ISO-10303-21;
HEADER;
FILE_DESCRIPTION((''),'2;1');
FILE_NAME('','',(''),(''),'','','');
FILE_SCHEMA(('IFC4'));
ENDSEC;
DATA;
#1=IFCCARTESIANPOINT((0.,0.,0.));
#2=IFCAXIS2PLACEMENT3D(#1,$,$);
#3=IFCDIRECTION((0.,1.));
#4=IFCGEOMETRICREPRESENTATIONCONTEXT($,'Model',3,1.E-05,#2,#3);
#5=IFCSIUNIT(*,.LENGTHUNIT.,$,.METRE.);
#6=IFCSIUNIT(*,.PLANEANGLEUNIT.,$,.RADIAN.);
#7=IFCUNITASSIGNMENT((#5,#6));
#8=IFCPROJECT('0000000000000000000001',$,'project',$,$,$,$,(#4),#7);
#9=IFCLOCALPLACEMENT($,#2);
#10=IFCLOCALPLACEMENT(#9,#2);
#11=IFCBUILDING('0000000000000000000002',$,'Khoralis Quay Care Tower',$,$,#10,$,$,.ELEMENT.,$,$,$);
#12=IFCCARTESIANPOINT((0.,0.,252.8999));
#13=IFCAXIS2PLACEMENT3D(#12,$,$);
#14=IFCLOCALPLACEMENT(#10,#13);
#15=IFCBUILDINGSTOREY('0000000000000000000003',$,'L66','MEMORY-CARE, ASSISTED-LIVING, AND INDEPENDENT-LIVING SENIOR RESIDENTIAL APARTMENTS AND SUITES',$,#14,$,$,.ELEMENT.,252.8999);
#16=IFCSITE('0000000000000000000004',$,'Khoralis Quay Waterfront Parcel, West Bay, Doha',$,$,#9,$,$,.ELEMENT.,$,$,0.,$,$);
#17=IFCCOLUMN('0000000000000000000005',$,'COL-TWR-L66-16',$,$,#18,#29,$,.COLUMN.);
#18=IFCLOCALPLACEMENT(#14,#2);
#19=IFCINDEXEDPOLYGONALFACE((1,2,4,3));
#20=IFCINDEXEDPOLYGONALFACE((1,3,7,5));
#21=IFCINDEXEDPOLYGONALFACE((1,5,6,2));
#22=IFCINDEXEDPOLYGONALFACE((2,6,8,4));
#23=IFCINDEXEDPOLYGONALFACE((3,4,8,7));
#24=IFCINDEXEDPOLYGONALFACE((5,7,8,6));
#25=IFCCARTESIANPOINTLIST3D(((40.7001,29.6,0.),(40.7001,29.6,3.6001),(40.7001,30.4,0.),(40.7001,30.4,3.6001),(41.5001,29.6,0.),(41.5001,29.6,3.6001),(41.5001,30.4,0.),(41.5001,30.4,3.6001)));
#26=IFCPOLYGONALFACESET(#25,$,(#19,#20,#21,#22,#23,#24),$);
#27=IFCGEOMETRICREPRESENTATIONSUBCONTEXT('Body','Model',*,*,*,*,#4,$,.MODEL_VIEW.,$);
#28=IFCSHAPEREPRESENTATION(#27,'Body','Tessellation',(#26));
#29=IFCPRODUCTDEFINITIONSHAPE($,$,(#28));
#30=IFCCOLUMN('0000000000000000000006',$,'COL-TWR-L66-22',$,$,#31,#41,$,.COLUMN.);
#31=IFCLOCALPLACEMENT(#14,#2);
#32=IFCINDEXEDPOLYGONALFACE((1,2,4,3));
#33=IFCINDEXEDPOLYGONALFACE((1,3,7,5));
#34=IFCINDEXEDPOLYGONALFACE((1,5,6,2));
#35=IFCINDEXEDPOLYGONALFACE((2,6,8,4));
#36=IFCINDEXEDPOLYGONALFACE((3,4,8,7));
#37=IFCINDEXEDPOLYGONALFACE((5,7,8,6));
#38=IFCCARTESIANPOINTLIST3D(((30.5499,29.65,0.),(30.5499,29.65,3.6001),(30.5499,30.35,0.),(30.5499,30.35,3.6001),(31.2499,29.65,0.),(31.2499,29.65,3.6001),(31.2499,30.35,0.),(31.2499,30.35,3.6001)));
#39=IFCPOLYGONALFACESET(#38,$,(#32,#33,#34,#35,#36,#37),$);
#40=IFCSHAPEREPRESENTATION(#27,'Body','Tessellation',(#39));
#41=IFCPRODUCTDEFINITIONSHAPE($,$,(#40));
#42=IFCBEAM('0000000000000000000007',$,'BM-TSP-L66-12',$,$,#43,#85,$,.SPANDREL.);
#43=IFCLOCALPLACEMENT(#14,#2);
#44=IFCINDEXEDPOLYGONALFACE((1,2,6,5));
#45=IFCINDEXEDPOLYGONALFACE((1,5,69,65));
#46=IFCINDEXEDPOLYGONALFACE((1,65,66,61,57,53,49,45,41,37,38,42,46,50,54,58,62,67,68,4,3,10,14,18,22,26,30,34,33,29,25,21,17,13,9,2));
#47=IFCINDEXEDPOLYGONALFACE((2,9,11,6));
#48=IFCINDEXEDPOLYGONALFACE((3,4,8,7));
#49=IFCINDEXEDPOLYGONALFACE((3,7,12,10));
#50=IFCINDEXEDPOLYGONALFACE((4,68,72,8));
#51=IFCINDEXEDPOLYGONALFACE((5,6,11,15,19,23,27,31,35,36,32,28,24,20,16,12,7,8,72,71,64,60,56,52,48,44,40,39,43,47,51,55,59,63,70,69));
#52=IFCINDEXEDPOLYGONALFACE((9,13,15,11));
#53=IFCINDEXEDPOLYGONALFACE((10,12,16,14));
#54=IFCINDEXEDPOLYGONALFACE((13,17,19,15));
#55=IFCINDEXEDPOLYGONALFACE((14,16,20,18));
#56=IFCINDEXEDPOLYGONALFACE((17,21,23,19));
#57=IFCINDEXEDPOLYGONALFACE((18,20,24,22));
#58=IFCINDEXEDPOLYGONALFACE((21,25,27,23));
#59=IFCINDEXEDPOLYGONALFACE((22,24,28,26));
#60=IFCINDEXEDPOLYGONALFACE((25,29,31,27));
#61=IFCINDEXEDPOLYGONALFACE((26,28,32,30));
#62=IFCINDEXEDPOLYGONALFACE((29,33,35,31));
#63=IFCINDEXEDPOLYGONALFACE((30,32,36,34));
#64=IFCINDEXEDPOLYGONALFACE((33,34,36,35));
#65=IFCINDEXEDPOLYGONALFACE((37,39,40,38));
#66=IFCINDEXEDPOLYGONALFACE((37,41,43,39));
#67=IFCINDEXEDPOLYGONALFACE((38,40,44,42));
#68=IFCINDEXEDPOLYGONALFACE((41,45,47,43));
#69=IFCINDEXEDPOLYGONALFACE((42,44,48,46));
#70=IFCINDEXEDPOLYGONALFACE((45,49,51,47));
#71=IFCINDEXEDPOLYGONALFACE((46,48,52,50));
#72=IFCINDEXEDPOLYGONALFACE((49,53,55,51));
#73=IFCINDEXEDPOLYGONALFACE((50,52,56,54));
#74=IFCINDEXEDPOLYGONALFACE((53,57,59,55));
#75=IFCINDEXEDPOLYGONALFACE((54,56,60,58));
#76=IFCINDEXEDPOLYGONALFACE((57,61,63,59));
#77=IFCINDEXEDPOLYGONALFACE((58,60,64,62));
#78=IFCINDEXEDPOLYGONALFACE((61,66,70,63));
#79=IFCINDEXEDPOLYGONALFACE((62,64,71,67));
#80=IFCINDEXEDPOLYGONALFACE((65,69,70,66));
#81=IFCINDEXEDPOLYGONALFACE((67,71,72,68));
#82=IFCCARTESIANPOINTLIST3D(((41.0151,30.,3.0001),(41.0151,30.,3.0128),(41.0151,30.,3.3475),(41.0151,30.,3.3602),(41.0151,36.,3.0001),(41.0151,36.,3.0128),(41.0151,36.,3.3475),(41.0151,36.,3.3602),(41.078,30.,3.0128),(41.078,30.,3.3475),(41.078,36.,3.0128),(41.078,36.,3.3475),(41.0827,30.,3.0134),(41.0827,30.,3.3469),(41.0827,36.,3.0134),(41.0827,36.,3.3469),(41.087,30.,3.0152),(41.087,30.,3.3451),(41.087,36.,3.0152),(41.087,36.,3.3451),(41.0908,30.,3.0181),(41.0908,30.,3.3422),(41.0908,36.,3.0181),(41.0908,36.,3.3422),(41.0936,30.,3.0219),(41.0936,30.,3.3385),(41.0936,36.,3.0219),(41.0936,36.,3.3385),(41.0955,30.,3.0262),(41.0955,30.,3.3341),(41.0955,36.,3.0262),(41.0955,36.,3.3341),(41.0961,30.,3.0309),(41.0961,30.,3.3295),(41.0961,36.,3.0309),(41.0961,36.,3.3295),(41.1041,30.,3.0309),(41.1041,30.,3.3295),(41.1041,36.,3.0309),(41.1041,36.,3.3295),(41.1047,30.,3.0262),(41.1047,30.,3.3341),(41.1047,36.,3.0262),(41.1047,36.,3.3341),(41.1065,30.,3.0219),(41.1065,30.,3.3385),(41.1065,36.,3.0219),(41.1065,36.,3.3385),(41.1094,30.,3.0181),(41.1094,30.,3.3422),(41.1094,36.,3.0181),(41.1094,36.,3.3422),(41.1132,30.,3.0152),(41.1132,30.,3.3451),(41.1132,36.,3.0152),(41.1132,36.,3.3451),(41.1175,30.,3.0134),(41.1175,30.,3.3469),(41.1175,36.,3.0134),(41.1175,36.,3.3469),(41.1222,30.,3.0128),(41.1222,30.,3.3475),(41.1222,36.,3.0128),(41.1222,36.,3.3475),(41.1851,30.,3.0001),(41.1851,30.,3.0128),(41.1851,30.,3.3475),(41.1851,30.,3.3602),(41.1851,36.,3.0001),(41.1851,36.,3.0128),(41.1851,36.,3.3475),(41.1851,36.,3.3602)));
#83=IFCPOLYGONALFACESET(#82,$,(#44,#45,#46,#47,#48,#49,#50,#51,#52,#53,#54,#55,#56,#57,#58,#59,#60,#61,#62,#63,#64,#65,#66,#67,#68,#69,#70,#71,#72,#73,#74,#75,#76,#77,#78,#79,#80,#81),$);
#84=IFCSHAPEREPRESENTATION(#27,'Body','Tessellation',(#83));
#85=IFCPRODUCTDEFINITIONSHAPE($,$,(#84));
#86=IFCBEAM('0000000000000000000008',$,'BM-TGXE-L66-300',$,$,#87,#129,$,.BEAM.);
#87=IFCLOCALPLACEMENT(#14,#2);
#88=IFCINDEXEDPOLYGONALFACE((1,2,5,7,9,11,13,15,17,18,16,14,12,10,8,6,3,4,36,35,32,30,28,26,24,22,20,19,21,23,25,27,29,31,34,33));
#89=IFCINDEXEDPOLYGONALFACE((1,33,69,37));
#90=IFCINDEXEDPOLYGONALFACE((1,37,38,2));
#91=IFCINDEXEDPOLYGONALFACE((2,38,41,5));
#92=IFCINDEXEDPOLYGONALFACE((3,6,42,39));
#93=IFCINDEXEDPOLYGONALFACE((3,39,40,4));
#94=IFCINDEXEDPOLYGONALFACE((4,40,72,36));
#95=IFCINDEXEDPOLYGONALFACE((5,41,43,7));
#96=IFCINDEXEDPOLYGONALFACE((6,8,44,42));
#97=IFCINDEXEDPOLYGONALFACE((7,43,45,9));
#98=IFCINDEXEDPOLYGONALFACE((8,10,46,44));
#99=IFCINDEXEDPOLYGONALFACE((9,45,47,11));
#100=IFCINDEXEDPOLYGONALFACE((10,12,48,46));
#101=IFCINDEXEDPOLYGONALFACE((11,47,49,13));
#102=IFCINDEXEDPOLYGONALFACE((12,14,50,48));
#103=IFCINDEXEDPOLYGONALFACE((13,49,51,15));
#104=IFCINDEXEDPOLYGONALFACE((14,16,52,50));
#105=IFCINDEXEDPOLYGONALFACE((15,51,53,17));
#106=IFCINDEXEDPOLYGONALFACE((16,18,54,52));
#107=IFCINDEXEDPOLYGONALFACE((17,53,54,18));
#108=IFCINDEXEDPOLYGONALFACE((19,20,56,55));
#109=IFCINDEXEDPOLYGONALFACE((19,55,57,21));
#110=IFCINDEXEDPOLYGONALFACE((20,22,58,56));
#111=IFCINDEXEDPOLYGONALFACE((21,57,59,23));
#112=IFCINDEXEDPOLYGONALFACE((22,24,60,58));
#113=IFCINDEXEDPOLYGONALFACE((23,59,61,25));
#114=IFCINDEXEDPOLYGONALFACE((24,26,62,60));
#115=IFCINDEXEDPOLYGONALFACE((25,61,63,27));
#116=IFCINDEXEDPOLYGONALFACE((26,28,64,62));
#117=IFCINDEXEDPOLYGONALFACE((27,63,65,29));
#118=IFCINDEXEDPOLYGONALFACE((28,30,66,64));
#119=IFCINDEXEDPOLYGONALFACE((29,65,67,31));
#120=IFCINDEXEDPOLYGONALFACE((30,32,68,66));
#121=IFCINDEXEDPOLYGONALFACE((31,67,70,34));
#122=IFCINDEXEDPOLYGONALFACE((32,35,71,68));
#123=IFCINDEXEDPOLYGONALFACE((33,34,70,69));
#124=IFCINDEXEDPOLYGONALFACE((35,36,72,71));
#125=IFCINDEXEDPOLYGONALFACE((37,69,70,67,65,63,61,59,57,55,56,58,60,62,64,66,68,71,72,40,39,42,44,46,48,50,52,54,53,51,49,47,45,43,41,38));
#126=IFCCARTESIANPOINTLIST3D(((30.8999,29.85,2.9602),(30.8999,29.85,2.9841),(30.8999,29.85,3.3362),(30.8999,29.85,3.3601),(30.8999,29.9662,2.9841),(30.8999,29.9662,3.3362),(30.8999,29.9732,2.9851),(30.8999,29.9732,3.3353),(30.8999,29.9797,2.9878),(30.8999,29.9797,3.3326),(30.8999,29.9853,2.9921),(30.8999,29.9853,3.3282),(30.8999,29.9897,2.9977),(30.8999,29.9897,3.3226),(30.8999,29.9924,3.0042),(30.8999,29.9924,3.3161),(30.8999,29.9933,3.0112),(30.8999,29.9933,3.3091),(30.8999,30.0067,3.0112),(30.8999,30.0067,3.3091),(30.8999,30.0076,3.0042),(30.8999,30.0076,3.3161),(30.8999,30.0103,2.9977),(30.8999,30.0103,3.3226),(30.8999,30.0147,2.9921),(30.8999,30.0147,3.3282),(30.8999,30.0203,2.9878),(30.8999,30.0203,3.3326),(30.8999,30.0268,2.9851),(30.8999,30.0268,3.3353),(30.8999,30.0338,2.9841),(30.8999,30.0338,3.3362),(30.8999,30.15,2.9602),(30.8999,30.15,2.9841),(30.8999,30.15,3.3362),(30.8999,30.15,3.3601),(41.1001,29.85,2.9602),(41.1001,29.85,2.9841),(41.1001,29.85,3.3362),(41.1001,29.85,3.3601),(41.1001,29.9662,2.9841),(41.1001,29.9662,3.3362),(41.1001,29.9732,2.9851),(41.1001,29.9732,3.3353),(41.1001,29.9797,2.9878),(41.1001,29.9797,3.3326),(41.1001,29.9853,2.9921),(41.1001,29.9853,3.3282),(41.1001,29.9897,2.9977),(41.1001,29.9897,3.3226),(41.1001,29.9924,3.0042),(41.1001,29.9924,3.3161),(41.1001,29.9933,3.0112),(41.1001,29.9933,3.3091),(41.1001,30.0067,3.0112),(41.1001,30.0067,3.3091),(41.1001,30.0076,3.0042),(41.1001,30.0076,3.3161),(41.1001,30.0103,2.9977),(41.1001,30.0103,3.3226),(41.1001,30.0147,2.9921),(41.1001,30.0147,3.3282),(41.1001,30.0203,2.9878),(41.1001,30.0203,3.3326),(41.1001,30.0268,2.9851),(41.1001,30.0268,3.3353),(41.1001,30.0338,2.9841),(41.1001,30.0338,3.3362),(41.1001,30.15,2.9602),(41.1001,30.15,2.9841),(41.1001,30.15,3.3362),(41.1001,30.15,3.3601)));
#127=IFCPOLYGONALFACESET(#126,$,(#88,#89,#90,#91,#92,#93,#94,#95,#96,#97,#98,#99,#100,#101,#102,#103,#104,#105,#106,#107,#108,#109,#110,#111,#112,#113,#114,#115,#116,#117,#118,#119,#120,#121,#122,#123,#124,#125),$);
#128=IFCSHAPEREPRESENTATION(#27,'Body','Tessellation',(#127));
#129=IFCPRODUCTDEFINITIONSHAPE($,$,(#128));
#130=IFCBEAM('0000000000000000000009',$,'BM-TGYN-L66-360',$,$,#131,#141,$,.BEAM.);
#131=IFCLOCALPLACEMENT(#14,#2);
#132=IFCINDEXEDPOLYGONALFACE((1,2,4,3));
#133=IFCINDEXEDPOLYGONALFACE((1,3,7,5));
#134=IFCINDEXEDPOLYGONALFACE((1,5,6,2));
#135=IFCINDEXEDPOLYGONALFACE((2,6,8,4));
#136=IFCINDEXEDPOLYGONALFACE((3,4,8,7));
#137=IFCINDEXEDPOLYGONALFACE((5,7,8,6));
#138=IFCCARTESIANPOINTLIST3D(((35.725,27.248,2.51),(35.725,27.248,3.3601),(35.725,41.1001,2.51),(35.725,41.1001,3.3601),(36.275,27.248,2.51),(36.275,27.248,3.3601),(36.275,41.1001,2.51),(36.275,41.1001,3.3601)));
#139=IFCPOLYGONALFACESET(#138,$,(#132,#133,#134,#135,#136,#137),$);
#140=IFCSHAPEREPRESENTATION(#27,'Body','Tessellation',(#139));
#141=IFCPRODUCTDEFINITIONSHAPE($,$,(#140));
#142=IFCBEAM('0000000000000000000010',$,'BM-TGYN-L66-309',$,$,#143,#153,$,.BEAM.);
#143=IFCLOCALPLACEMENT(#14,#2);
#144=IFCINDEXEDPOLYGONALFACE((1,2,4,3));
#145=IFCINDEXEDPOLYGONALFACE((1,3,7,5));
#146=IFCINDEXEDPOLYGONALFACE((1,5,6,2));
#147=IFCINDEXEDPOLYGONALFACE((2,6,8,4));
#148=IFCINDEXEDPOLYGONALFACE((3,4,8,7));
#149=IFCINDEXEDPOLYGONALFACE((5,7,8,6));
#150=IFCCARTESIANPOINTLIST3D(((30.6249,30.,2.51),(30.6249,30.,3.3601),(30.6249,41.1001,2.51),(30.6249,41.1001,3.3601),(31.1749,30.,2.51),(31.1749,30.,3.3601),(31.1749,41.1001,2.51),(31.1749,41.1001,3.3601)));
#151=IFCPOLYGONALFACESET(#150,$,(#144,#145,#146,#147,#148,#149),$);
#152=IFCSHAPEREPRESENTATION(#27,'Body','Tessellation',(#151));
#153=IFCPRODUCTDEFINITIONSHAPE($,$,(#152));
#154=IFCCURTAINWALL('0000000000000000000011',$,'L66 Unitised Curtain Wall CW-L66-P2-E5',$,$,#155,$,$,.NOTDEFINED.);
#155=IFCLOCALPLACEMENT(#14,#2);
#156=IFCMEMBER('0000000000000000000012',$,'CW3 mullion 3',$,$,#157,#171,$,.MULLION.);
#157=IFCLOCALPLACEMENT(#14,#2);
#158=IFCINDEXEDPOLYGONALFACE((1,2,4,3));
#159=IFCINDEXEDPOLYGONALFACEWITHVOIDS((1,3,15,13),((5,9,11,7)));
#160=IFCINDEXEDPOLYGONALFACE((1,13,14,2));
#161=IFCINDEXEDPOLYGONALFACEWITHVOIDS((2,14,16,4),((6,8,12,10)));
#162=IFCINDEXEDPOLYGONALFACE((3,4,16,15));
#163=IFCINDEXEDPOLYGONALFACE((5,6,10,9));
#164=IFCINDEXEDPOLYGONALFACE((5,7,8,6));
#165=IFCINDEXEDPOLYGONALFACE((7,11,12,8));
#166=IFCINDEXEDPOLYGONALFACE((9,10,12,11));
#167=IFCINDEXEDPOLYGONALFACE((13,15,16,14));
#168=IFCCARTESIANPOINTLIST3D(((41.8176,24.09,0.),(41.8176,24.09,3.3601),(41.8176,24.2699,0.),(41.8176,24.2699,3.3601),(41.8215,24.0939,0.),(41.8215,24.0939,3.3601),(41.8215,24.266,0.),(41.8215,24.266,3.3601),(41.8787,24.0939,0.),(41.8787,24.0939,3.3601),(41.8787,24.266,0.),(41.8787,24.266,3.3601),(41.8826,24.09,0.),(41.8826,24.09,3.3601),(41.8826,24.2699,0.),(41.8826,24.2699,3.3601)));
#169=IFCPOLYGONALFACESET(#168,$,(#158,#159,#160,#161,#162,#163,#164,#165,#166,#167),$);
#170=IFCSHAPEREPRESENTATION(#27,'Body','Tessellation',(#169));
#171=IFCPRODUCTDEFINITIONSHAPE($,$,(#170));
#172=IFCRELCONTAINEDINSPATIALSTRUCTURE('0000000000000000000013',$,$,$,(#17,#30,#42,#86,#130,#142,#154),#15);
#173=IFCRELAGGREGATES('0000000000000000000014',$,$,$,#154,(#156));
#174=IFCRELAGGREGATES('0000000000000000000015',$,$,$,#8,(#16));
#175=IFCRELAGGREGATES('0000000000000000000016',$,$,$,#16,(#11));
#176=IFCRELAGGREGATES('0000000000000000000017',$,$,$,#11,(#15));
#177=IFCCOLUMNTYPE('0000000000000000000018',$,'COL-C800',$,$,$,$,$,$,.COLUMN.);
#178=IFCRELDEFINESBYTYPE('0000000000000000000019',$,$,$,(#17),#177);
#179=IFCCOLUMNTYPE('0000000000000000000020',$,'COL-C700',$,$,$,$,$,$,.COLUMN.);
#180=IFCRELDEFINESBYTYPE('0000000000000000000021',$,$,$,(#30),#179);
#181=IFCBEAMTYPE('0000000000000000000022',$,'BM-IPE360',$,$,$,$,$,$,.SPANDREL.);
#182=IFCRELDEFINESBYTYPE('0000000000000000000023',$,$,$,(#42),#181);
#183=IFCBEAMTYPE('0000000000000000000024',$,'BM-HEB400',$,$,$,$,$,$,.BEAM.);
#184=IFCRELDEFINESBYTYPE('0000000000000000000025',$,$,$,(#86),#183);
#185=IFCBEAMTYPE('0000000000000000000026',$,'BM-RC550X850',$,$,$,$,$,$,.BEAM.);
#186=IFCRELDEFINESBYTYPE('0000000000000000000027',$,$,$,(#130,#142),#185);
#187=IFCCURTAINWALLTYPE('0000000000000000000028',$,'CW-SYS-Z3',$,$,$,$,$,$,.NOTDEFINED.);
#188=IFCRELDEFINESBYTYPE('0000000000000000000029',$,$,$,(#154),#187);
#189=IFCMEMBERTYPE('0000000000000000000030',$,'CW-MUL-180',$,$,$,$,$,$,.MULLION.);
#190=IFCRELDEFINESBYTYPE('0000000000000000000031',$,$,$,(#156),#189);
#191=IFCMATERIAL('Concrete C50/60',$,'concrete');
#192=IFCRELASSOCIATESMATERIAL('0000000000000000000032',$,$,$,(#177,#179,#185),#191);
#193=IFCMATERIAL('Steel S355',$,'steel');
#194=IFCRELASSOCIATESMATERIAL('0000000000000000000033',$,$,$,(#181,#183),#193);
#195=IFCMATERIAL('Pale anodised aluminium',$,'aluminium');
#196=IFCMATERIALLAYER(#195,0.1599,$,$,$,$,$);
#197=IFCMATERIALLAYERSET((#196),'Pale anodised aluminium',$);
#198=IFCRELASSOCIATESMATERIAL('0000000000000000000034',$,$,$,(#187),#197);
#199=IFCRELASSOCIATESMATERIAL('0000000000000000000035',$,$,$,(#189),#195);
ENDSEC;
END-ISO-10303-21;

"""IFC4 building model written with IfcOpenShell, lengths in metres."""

from ifc_helpers import new_model, si_unit, direction, frame, origin, origin_2d, place, context, subcontext, project, spatial, rectangle, hollow_rectangle, i_section, extrude, source, transform, mapped, material, layer, layer_set, material_profile, profile_set, type_object, element, aggregate, save


model = new_model("IFC4")

# Units and contexts
model_context = context("Model", 3, precision=1e-05, world=origin(), true_north=direction((0.0, 1.0)))
body_context = subcontext(model_context, "Body", "Model", "MODEL_VIEW")
ifc_project = project(units=[si_unit("LENGTHUNIT", "METRE"), si_unit("PLANEANGLEUNIT", "RADIAN")], contexts=[model_context])

# Site, building, storey
site_placement = place(None, origin())
site = spatial("IfcSite", under=ifc_project, at=site_placement, Name="Khoralis Quay Waterfront Parcel, West Bay, Doha", CompositionType="ELEMENT", RefElevation=0.0)
building_placement = place(site_placement, origin())
building = spatial("IfcBuilding", under=site, at=building_placement, Name="Khoralis Quay Care Tower", CompositionType="ELEMENT")
storey_placement = place(building_placement, frame((0.0, 0.0, 252.8999)))
storey = spatial("IfcBuildingStorey", under=building, at=storey_placement, Name="L66", Description="MEMORY-CARE, ASSISTED-LIVING, AND INDEPENDENT-LIVING SENIOR RESIDENTIAL APARTMENTS AND SUITES", CompositionType="ELEMENT", Elevation=252.8999)

# Columns
ifc_material_1 = material(Name="Concrete C50/60", Category="concrete")
ifc_material_profile_1 = material_profile(ifc_material_1, rectangle(XDim=0.8, YDim=0.8, at=origin_2d()), Name="Concrete C50/60")
ifc_profile_set_1 = profile_set([ifc_material_profile_1], Name="Concrete C50/60")
column_type_1 = type_object("IfcColumnType", Name="COL-C800", PredefinedType="COLUMN", material=ifc_profile_set_1)
shared_shape_1 = source(origin(), body_context, "Body", "SweptSolid", [
    extrude(rectangle(XDim=0.8, YDim=0.8, at=origin_2d()), origin(), (0.0, 0.0, 1.0), 3.6001),
])
column_1_placement = place(storey_placement, frame((41.1001, 30.0, 0.0), z_axis=(0.0, 0.0, 1.0), x_axis=(1.0, 0.0, 0.0)))
element("IfcColumn", 1, at=column_1_placement, inside=storey, type_object=column_type_1, Name="COL-TWR-L66-16", PredefinedType="COLUMN", context=body_context, shape_type="MappedRepresentation", body=[
    mapped(shared_shape_1, transform((0.0, 0.0, 0.0), scale=1.0)),
])
ifc_material_profile_2 = material_profile(ifc_material_1, rectangle(XDim=0.7, YDim=0.7, at=origin_2d()), Name="Concrete C50/60")
ifc_profile_set_2 = profile_set([ifc_material_profile_2], Name="Concrete C50/60")
column_type_2 = type_object("IfcColumnType", Name="COL-C700", PredefinedType="COLUMN", material=ifc_profile_set_2)
shared_shape_2 = source(origin(), body_context, "Body", "SweptSolid", [
    extrude(rectangle(XDim=0.7, YDim=0.7, at=origin_2d()), origin(), (0.0, 0.0, 1.0), 3.6001),
])
column_2_placement = place(storey_placement, frame((30.8999, 30.0, 0.0), z_axis=(0.0, 0.0, 1.0), x_axis=(1.0, 0.0, 0.0)))
element("IfcColumn", 2, at=column_2_placement, inside=storey, type_object=column_type_2, Name="COL-TWR-L66-22", PredefinedType="COLUMN", context=body_context, shape_type="MappedRepresentation", body=[
    mapped(shared_shape_2, transform((0.0, 0.0, 0.0), scale=1.0)),
])

# Beams
ifc_material_2 = material(Name="Steel S355", Category="steel")
ifc_material_profile_3 = material_profile(ifc_material_2, i_section(OverallWidth=0.1699, OverallDepth=0.3601, WebThickness=0.0081, FlangeThickness=0.0127, FilletRadius=0.0181, at=origin_2d()), Name="Steel S355")
ifc_profile_set_3 = profile_set([ifc_material_profile_3], Name="Steel S355")
beam_type_1 = type_object("IfcBeamType", Name="BM-IPE360", PredefinedType="SPANDREL", material=ifc_profile_set_3)
shared_shape_3 = source(origin(), body_context, "Body", "SweptSolid", [
    extrude(i_section(OverallWidth=0.1699, OverallDepth=0.3601, WebThickness=0.0081, FlangeThickness=0.0127, FilletRadius=0.0181, at=origin_2d()), origin(), (0.0, 0.0, 1.0), 6.0),
])
beam_1_placement = place(storey_placement, frame((41.1001, 30.0, 3.1802), z_axis=(0.0, 1.0, 0.0), x_axis=(-1.0, 0.0, 0.0)))
element("IfcBeam", 3, at=beam_1_placement, inside=storey, type_object=beam_type_1, Name="BM-TSP-L66-12", PredefinedType="SPANDREL", context=body_context, shape_type="MappedRepresentation", body=[
    mapped(shared_shape_3, transform((0.0, 0.0, 0.0), scale=1.0)),
])
ifc_material_profile_4 = material_profile(ifc_material_2, i_section(OverallWidth=0.3, OverallDepth=0.3999, WebThickness=0.0134, FlangeThickness=0.0239, FilletRadius=0.0271, at=origin_2d()), Name="Steel S355")
ifc_profile_set_4 = profile_set([ifc_material_profile_4], Name="Steel S355")
beam_type_2 = type_object("IfcBeamType", Name="BM-HEB400", PredefinedType="BEAM", material=ifc_profile_set_4)
shared_shape_4 = source(origin(), body_context, "Body", "SweptSolid", [
    extrude(i_section(OverallWidth=0.3, OverallDepth=0.3999, WebThickness=0.0134, FlangeThickness=0.0239, FilletRadius=0.0271, at=origin_2d()), origin(), (0.0, 0.0, 1.0), 10.2002),
])
beam_2_placement = place(storey_placement, frame((30.8999, 30.0, 3.1602), z_axis=(1.0, 0.0, 0.0), x_axis=(0.0, 1.0, 0.0)))
element("IfcBeam", 4, at=beam_2_placement, inside=storey, type_object=beam_type_2, Name="BM-TGXE-L66-300", PredefinedType="BEAM", context=body_context, shape_type="MappedRepresentation", body=[
    mapped(shared_shape_4, transform((0.0, 0.0, 0.0), scale=1.0)),
])
ifc_material_profile_5 = material_profile(ifc_material_1, rectangle(XDim=0.55, YDim=0.8501, at=origin_2d()), Name="Concrete C50/60")
ifc_profile_set_5 = profile_set([ifc_material_profile_5], Name="Concrete C50/60")
beam_type_3 = type_object("IfcBeamType", Name="BM-RC550X850", PredefinedType="BEAM", material=ifc_profile_set_5)
shared_shape_5 = source(origin(), body_context, "Body", "SweptSolid", [
    extrude(rectangle(XDim=0.55, YDim=0.8501, at=origin_2d()), origin(), (0.0, 0.0, 1.0), 13.8521),
])
beam_3_placement = place(storey_placement, frame((36.0, 27.248, 2.9351), z_axis=(0.0, 1.0, 0.0), x_axis=(-1.0, 0.0, 0.0)))
element("IfcBeam", 5, at=beam_3_placement, inside=storey, type_object=beam_type_3, Name="BM-TGYN-L66-360", PredefinedType="BEAM", context=body_context, shape_type="MappedRepresentation", body=[
    mapped(shared_shape_5, transform((0.0, 0.0, 0.0), scale=1.0)),
])
shared_shape_6 = source(origin(), body_context, "Body", "SweptSolid", [
    extrude(rectangle(XDim=0.55, YDim=0.8501, at=origin_2d()), origin(), (0.0, 0.0, 1.0), 11.1001),
])
beam_4_placement = place(storey_placement, frame((30.8999, 30.0, 2.9351), z_axis=(0.0, 1.0, 0.0), x_axis=(-1.0, 0.0, 0.0)))
element("IfcBeam", 6, at=beam_4_placement, inside=storey, type_object=beam_type_3, Name="BM-TGYN-L66-309", PredefinedType="BEAM", context=body_context, shape_type="MappedRepresentation", body=[
    mapped(shared_shape_6, transform((0.0, 0.0, 0.0), scale=1.0)),
])

# Curtain wall, member
ifc_material_3 = material(Name="Pale anodised aluminium", Category="aluminium")
ifc_layer_1 = layer(ifc_material_3, 0.1599)
ifc_layer_set_1 = layer_set([ifc_layer_1], Name="Pale anodised aluminium")
curtain_wall_type = type_object("IfcCurtainWallType", Name="CW-SYS-Z3", PredefinedType="NOTDEFINED", material=ifc_layer_set_1)
curtain_wall_placement = place(storey_placement, origin())
curtain_wall = element("IfcCurtainWall", 7, at=curtain_wall_placement, inside=storey, type_object=curtain_wall_type, Name="L66 Unitised Curtain Wall CW-L66-P2-E5", PredefinedType="NOTDEFINED")
ifc_material_profile_6 = material_profile(ifc_material_3, hollow_rectangle(XDim=0.0649, YDim=0.1799, WallThickness=0.0039, at=origin_2d()), Name="Pale anodised aluminium")
ifc_profile_set_6 = profile_set([ifc_material_profile_6], Name="Pale anodised aluminium")
member_type_1 = type_object("IfcMemberType", Name="CW-MUL-180", PredefinedType="MULLION", material=ifc_profile_set_6)
shared_shape_7 = source(origin(), body_context, "Body", "SweptSolid", [
    extrude(hollow_rectangle(XDim=0.0649, YDim=0.1799, WallThickness=0.0039, at=origin_2d()), origin(), (0.0, 0.0, 1.0), 3.3601),
])
member_1_placement = place(storey_placement, frame((41.8501, 24.1799, 0.0), z_axis=(0.0, 0.0, 1.0), x_axis=(-1.0, 0.0, 0.0)))
member_1 = element("IfcMember", 8, at=member_1_placement, type_object=member_type_1, Name="CW3 mullion 3", PredefinedType="MULLION", context=body_context, shape_type="MappedRepresentation", body=[
    mapped(shared_shape_7, transform((0.0, 0.0, 0.0), scale=1.0)),
])
aggregate(curtain_wall, [member_1])

save(model, "model.ifc")
